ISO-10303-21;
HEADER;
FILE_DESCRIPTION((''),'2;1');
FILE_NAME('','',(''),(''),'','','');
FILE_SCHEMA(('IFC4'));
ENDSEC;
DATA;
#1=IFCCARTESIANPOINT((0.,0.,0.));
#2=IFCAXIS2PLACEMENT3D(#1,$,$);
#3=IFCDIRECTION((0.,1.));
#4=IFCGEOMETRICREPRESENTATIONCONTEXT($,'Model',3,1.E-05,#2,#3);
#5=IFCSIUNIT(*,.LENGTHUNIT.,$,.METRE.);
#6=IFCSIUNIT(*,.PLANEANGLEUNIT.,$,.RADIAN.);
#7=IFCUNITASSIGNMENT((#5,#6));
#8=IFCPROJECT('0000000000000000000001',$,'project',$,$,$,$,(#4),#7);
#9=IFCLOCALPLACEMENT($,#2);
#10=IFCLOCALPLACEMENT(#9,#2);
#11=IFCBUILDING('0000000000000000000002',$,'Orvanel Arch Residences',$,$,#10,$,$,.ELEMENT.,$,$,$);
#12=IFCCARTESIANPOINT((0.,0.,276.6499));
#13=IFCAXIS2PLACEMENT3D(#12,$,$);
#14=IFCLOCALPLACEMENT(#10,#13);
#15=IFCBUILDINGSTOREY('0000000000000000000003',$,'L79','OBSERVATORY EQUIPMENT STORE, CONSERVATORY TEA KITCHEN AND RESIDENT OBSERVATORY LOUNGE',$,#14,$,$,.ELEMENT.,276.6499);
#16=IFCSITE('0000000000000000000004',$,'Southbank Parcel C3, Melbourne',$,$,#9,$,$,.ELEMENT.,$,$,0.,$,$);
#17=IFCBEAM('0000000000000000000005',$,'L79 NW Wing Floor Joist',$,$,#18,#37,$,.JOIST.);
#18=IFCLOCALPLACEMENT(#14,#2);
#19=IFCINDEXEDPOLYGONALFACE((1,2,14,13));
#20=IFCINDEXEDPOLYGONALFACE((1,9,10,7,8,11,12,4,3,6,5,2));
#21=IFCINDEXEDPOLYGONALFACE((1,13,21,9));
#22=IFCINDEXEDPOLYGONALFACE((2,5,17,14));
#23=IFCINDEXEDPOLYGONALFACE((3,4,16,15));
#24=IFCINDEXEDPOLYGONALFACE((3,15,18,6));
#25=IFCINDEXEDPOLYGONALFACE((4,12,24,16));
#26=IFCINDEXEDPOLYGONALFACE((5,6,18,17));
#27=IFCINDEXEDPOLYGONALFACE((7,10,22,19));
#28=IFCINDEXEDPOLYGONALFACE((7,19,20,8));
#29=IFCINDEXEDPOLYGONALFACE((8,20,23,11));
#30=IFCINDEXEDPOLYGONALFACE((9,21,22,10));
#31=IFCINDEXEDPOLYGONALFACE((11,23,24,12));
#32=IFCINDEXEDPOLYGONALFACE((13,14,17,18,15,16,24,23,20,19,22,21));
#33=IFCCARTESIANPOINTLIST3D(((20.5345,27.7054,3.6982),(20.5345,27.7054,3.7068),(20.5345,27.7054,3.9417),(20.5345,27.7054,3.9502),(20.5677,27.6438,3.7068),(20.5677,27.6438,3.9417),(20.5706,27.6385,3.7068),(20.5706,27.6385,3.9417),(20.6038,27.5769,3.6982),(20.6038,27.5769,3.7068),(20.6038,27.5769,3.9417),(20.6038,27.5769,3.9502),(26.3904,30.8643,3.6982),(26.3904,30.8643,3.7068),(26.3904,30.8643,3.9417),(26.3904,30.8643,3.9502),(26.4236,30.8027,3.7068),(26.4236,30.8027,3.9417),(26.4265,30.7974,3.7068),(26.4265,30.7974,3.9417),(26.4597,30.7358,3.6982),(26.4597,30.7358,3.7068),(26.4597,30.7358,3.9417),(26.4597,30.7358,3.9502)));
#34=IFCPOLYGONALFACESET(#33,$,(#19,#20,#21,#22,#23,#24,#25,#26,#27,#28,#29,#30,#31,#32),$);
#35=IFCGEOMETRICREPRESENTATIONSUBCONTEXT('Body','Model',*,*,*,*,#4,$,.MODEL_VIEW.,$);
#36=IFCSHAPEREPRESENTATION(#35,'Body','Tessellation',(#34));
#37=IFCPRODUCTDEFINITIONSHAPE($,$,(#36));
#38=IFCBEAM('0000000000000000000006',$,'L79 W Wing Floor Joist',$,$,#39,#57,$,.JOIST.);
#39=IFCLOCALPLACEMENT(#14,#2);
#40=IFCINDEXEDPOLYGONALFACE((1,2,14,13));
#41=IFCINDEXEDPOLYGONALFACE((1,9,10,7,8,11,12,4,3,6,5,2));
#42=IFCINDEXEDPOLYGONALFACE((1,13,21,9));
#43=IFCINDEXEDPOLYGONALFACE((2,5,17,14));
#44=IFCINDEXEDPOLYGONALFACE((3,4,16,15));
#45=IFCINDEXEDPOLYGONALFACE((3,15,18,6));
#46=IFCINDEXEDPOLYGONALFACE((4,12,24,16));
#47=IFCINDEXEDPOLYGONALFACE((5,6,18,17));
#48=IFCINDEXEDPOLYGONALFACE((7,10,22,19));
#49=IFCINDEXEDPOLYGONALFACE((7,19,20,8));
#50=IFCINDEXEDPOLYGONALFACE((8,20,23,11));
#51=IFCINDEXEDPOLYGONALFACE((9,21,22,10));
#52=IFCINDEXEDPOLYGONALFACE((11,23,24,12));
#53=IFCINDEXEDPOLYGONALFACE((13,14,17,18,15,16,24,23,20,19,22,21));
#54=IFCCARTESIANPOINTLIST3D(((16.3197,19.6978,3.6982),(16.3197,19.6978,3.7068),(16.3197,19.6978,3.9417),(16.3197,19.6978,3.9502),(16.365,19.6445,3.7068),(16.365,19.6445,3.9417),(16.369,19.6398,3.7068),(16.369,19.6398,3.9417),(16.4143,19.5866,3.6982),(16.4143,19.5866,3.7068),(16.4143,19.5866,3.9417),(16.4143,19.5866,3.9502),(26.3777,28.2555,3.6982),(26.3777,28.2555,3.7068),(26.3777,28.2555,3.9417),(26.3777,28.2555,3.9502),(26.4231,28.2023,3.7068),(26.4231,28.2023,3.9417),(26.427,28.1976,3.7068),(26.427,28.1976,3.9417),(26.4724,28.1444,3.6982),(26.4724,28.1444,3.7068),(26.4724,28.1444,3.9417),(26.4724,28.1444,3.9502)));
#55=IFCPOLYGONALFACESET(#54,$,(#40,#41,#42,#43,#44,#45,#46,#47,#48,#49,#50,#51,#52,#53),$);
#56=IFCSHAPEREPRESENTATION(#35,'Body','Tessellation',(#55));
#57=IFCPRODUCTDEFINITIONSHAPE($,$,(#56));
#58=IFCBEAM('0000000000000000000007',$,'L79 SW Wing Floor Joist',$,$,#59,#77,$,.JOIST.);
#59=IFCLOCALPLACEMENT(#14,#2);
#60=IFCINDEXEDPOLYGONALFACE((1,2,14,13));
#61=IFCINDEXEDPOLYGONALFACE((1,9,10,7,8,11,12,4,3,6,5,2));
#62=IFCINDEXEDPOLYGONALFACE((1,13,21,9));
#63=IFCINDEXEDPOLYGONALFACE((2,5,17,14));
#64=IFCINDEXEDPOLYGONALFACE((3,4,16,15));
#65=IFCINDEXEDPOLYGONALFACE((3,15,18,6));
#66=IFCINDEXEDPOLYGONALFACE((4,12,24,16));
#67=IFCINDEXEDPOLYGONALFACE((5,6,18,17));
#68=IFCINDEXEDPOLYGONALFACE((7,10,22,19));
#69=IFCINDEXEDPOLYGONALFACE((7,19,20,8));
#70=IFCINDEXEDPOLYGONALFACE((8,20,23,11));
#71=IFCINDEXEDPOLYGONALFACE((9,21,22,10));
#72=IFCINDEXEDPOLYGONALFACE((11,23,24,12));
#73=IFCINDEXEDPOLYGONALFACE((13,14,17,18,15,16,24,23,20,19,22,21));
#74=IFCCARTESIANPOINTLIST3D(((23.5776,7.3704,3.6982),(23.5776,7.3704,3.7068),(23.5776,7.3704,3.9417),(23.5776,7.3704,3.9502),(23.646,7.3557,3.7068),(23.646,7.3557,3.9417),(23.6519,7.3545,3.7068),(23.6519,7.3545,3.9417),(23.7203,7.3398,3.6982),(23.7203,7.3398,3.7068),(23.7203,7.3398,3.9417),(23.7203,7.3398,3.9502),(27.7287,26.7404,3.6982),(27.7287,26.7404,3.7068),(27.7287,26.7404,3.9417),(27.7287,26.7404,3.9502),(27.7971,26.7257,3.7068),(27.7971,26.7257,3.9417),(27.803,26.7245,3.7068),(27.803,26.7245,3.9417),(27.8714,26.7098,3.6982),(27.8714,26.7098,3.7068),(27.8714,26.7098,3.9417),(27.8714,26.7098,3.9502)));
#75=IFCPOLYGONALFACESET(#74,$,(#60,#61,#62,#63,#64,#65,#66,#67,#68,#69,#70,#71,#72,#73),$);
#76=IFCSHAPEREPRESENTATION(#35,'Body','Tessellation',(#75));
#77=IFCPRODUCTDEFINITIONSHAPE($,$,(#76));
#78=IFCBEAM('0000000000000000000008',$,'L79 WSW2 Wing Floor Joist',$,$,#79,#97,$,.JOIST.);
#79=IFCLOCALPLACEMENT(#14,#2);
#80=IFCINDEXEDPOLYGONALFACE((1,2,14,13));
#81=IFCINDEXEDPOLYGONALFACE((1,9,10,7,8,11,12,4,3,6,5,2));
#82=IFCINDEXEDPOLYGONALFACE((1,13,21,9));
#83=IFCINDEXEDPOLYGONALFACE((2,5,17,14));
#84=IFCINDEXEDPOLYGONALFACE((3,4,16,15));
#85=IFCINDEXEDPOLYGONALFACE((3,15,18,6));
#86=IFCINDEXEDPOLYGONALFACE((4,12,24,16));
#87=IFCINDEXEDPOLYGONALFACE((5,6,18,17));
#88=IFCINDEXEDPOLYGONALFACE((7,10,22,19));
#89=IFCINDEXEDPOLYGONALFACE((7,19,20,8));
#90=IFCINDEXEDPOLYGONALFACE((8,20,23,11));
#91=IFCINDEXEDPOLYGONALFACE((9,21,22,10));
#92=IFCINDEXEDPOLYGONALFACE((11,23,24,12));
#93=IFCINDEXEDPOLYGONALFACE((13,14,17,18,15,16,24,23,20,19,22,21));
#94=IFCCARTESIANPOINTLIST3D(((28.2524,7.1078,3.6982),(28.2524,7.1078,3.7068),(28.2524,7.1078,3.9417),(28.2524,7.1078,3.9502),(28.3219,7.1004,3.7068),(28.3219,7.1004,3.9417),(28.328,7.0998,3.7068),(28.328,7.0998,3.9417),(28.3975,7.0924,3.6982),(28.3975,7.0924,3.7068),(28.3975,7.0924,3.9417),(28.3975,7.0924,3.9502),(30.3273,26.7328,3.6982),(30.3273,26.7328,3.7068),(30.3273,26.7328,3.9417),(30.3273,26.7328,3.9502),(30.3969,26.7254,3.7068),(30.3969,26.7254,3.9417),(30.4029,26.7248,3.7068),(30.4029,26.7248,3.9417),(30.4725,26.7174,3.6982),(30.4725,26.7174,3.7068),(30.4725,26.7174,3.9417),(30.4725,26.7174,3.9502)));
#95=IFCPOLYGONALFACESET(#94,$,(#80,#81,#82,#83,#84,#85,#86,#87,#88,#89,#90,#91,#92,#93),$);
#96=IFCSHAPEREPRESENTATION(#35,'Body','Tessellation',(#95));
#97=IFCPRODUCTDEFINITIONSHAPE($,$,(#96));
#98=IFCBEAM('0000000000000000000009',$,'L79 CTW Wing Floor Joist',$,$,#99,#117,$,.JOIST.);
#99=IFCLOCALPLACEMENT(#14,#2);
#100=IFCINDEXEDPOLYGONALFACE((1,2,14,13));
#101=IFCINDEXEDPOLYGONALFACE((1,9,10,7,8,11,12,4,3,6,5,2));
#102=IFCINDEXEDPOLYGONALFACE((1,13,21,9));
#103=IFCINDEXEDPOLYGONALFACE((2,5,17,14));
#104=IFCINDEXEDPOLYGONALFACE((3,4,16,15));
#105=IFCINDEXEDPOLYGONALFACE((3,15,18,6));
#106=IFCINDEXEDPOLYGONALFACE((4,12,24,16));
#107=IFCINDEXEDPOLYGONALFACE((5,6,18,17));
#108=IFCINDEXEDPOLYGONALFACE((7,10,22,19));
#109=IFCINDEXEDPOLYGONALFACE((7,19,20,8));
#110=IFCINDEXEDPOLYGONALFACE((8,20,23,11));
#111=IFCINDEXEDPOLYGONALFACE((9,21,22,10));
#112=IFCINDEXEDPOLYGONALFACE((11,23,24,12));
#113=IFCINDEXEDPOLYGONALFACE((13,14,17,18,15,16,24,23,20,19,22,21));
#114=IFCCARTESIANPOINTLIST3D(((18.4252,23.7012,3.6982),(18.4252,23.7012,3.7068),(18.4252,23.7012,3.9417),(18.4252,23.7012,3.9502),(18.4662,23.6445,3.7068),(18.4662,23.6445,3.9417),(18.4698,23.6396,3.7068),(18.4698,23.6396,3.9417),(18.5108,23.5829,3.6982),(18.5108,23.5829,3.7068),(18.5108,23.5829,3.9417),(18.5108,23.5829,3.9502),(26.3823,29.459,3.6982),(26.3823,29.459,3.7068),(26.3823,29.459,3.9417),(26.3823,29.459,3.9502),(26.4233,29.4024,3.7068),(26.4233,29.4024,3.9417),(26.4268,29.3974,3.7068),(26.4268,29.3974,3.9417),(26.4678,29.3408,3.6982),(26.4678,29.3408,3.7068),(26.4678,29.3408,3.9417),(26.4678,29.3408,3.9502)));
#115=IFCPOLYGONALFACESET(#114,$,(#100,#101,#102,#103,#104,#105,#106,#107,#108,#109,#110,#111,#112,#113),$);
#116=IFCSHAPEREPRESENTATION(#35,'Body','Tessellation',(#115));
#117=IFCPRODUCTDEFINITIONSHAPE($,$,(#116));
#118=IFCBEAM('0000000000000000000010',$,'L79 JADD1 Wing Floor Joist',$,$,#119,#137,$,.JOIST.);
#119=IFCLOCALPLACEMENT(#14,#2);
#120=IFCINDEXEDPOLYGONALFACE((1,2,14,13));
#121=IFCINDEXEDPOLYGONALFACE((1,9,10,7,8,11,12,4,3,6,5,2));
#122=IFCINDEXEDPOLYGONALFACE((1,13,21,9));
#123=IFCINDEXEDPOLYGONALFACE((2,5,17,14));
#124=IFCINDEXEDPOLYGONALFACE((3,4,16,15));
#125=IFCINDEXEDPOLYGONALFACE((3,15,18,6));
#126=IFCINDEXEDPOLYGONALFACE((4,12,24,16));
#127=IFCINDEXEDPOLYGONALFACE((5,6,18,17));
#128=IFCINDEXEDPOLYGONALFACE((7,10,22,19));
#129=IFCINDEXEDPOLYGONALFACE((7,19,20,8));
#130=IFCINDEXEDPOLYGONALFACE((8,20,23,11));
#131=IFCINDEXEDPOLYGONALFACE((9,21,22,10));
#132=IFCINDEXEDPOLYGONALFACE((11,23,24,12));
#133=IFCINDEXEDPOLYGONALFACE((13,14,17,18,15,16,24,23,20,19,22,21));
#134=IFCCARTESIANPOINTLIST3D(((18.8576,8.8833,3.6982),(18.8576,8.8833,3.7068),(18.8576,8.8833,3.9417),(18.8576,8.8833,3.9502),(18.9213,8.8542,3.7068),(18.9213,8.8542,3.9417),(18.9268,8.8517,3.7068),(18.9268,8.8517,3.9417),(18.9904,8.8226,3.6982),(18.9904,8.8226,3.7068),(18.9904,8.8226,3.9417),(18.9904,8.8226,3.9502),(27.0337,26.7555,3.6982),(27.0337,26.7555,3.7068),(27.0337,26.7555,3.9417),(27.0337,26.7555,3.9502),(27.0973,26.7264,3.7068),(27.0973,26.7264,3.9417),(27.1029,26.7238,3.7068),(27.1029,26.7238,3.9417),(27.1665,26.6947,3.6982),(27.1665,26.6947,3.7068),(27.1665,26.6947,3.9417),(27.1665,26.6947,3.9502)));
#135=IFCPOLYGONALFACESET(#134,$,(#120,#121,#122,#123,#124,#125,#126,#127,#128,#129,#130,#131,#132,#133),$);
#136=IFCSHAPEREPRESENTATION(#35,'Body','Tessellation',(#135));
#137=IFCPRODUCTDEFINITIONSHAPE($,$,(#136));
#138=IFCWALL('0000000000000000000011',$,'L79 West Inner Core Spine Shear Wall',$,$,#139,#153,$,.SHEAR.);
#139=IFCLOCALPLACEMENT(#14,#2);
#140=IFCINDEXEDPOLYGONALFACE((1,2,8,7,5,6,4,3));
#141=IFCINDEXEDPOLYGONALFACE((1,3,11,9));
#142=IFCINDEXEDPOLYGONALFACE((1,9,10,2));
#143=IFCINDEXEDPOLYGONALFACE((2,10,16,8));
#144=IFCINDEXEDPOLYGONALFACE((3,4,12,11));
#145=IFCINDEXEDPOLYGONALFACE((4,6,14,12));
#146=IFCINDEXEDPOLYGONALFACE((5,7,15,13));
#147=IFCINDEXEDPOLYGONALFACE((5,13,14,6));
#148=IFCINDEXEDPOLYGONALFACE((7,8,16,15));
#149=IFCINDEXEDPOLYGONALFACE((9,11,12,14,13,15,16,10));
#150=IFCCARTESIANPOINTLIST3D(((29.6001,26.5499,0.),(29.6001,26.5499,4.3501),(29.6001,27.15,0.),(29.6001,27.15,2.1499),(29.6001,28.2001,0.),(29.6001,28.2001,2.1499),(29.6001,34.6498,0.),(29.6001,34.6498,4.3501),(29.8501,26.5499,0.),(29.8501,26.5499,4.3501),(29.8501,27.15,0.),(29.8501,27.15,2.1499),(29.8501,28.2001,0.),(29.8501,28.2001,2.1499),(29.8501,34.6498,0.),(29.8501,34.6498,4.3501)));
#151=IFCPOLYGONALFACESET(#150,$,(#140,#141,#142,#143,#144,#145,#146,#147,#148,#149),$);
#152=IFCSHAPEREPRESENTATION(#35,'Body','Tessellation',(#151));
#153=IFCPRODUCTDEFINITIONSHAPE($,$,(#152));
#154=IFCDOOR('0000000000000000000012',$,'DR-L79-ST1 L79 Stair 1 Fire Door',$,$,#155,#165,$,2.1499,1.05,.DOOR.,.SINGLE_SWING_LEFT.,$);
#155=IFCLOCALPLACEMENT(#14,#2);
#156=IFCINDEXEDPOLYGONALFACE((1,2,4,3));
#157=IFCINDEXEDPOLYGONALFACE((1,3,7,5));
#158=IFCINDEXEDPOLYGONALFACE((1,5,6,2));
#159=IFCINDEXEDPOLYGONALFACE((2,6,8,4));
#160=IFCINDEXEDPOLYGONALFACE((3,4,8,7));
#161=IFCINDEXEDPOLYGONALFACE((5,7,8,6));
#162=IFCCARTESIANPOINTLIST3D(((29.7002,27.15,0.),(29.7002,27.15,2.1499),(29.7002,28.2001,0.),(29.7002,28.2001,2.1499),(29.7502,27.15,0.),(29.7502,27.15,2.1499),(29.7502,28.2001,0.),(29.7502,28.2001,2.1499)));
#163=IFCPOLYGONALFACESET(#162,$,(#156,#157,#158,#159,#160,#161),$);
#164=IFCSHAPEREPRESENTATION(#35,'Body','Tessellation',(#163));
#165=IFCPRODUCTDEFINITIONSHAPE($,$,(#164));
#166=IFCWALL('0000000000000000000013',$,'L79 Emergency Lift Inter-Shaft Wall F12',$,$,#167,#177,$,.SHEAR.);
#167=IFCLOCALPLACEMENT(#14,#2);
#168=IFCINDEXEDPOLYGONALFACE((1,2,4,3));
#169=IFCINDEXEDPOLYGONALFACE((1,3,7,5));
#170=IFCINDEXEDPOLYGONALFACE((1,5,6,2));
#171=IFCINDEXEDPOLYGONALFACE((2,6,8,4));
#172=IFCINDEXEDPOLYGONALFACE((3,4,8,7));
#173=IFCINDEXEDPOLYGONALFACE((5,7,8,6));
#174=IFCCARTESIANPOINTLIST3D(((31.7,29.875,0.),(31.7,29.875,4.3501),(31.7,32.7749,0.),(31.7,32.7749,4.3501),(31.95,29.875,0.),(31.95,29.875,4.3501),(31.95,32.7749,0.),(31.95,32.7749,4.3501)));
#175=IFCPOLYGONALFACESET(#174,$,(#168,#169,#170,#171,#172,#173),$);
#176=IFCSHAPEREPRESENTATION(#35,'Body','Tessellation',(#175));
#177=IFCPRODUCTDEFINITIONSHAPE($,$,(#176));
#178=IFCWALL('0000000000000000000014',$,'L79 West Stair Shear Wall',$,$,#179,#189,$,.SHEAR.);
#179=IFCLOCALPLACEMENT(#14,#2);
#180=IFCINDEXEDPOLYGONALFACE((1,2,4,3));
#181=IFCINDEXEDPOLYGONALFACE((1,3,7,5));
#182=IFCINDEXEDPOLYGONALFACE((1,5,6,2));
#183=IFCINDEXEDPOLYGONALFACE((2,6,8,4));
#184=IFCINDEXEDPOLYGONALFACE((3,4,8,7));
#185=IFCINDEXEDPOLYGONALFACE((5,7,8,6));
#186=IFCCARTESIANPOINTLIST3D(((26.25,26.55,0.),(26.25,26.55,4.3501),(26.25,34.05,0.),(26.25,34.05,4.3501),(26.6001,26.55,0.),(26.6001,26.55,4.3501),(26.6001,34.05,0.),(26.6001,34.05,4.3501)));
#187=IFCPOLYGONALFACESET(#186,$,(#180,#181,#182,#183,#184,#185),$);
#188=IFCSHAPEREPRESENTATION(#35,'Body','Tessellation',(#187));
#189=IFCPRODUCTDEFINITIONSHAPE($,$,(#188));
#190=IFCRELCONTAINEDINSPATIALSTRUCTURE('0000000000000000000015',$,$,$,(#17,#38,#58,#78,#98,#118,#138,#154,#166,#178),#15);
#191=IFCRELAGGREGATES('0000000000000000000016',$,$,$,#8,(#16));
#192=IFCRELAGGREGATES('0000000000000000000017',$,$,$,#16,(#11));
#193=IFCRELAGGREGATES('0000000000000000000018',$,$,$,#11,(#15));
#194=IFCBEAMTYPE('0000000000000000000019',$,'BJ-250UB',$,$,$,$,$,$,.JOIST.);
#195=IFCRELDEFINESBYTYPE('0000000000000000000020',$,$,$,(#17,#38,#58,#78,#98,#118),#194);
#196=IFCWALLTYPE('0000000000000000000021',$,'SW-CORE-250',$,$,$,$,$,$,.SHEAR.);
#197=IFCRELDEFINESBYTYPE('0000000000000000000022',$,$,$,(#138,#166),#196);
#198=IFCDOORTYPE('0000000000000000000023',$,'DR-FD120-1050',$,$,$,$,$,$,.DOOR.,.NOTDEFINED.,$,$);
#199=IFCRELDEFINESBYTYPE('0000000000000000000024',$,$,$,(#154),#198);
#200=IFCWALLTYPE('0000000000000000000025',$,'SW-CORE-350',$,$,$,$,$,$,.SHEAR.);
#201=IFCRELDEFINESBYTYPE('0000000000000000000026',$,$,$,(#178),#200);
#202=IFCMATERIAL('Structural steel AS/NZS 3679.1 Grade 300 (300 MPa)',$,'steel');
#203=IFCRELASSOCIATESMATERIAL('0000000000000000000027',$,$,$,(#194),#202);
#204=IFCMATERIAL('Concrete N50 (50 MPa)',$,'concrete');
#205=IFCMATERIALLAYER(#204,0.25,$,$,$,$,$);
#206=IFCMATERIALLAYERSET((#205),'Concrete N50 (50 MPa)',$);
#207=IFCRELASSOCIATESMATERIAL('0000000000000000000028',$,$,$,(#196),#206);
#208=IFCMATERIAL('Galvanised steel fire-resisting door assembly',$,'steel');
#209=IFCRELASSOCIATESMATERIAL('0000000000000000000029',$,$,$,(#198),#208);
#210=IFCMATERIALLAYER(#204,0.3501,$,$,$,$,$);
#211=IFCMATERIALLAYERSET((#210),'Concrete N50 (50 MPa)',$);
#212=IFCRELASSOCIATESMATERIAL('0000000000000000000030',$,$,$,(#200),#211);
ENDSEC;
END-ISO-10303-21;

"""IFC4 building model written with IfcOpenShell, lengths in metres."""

from ifc_helpers import new_model, si_unit, direction, frame, frame_2d, origin, origin_2d, place, context, subcontext, project, spatial, rectangle, i_section, extrude, material, layer, layer_set, material_profile, profile_set, type_object, element, fill, save


model = new_model("IFC4")

# Units and contexts
model_context = context("Model", 3, precision=1e-05, world=origin(), true_north=direction((0.0, 1.0)))
body_context = subcontext(model_context, "Body", "Model", "MODEL_VIEW")
ifc_project = project(units=[si_unit("LENGTHUNIT", "METRE"), si_unit("PLANEANGLEUNIT", "RADIAN")], contexts=[model_context])

# Site, building, storey
site_placement = place(None, origin())
site = spatial("IfcSite", under=ifc_project, at=site_placement, Name="Southbank Parcel C3, Melbourne", CompositionType="ELEMENT", RefElevation=0.0)
building_placement = place(site_placement, origin())
building = spatial("IfcBuilding", under=site, at=building_placement, Name="Orvanel Arch Residences", CompositionType="ELEMENT")
storey_placement = place(building_placement, frame((0.0, 0.0, 276.6499)))
storey = spatial("IfcBuildingStorey", under=building, at=storey_placement, Name="L79", Description="OBSERVATORY EQUIPMENT STORE, CONSERVATORY TEA KITCHEN AND RESIDENT OBSERVATORY LOUNGE", CompositionType="ELEMENT", Elevation=276.6499)

# Beams
ifc_material_1 = material(Name="Structural steel AS/NZS 3679.1 Grade 300 (300 MPa)", Category="steel")
ifc_material_profile = material_profile(ifc_material_1, i_section(OverallWidth=0.146, OverallDepth=0.252, WebThickness=0.0061, FlangeThickness=0.0085, at=origin_2d()), Name="250UB31.4")
ifc_profile_set = profile_set([ifc_material_profile], Name="Structural steel AS/NZS 3679.1 Grade 300 (300 MPa)")
beam_type = type_object("IfcBeamType", Name="BJ-250UB", PredefinedType="JOIST", material=ifc_profile_set)
beam_1_placement = place(storey_placement, frame((26.425, 30.8, 3.8242), z_axis=(-0.880111, -0.474767, 0.0), x_axis=(0.474767, -0.880111, 0.0)))
element("IfcBeam", 1, at=beam_1_placement, inside=storey, type_object=beam_type, Name="L79 NW Wing Floor Joist", PredefinedType="JOIST", context=body_context, shape_type="SweptSolid", body=[
    extrude(i_section(OverallWidth=0.146, OverallDepth=0.252, WebThickness=0.0061, FlangeThickness=0.0085, at=origin_2d()), origin(), (0.0, 0.0, 1.0), 6.6536),
])
beam_2_placement = place(storey_placement, frame((26.425, 28.2, 3.8242), z_axis=(-0.761623, -0.648021, 0.0), x_axis=(0.648021, -0.761623, 0.0)))
element("IfcBeam", 2, at=beam_2_placement, inside=storey, type_object=beam_type, Name="L79 W Wing Floor Joist", PredefinedType="JOIST", context=body_context, shape_type="SweptSolid", body=[
    extrude(i_section(OverallWidth=0.146, OverallDepth=0.252, WebThickness=0.0061, FlangeThickness=0.0085, at=origin_2d()), origin(), (0.0, 0.0, 1.0), 13.2061),
])
beam_3_placement = place(storey_placement, frame((27.8, 26.7251, 3.8242), z_axis=(-0.209548, -0.977798, 0.0), x_axis=(0.977798, -0.209548, 0.0)))
element("IfcBeam", 3, at=beam_3_placement, inside=storey, type_object=beam_type, Name="L79 SW Wing Floor Joist", PredefinedType="JOIST", context=body_context, shape_type="SweptSolid", body=[
    extrude(i_section(OverallWidth=0.146, OverallDepth=0.252, WebThickness=0.0061, FlangeThickness=0.0085, at=origin_2d()), origin(), (0.0, 0.0, 1.0), 19.8098),
])
beam_4_placement = place(storey_placement, frame((30.3999, 26.7251, 3.8242), z_axis=(-0.105144, -0.994457, 0.0), x_axis=(0.994457, -0.105144, 0.0)))
element("IfcBeam", 4, at=beam_4_placement, inside=storey, type_object=beam_type, Name="L79 WSW2 Wing Floor Joist", PredefinedType="JOIST", context=body_context, shape_type="SweptSolid", body=[
    extrude(i_section(OverallWidth=0.146, OverallDepth=0.252, WebThickness=0.0061, FlangeThickness=0.0085, at=origin_2d()), origin(), (0.0, 0.0, 1.0), 19.7344),
])
beam_5_placement = place(storey_placement, frame((26.425, 29.3999, 3.8242), z_axis=(-0.810144, -0.586231, 0.0), x_axis=(0.586231, -0.810144, 0.0)))
element("IfcBeam", 5, at=beam_5_placement, inside=storey, type_object=beam_type, Name="L79 CTW Wing Floor Joist", PredefinedType="JOIST", context=body_context, shape_type="SweptSolid", body=[
    extrude(i_section(OverallWidth=0.146, OverallDepth=0.252, WebThickness=0.0061, FlangeThickness=0.0085, at=origin_2d()), origin(), (0.0, 0.0, 1.0), 9.8218),
])
beam_6_placement = place(storey_placement, frame((27.1001, 26.7251, 3.8242), z_axis=(-0.41601, -0.90936, 0.0), x_axis=(0.90936, -0.41601, 0.0)))
element("IfcBeam", 6, at=beam_6_placement, inside=storey, type_object=beam_type, Name="L79 JADD1 Wing Floor Joist", PredefinedType="JOIST", context=body_context, shape_type="SweptSolid", body=[
    extrude(i_section(OverallWidth=0.146, OverallDepth=0.252, WebThickness=0.0061, FlangeThickness=0.0085, at=origin_2d()), origin(), (0.0, 0.0, 1.0), 19.6536),
])

# Wall, opening, door
ifc_material_2 = material(Name="Concrete N50 (50 MPa)", Category="concrete")
ifc_layer_1 = layer(ifc_material_2, 0.25)
ifc_layer_set_1 = layer_set([ifc_layer_1], Name="Concrete N50 (50 MPa)")
wall_type_1 = type_object("IfcWallType", Name="SW-CORE-250", PredefinedType="SHEAR", material=ifc_layer_set_1)
wall_1_placement = place(storey_placement, frame((29.7251, 26.55, 0.0), z_axis=(0.0, 0.0, 1.0), x_axis=(0.0, 1.0, 0.0)))
wall_1 = element("IfcWall", 7, at=wall_1_placement, inside=storey, type_object=wall_type_1, Name="L79 West Inner Core Spine Shear Wall", PredefinedType="SHEAR", context=body_context, shape_type="SweptSolid", body=[
    extrude(rectangle(XDim=8.0999, YDim=0.25, at=frame_2d((4.0498, 0.0))), origin(), (0.0, 0.0, 1.0), 4.3501),
])
opening_placement = place(wall_1_placement, frame((0.6001, 0.0, 0.0)))
opening = element("IfcOpeningElement", 8, at=opening_placement, cuts=wall_1, PredefinedType="OPENING", context=body_context, shape_type="SweptSolid", body=[
    extrude(rectangle(XDim=1.05, YDim=2.1499, at=frame_2d((0.5249, 1.075))), frame((0.0, 0.135, 0.0), z_axis=(0.0, -1.0, 0.0), x_axis=(1.0, 0.0, 0.0)), (0.0, 0.0, 1.0), 0.27),
])
ifc_material_3 = material(Name="Galvanised steel fire-resisting door assembly", Category="steel")
door_type = type_object("IfcDoorType", Name="DR-FD120-1050", OperationType="NOTDEFINED", PredefinedType="DOOR", material=ifc_material_3)
door_placement = place(opening_placement, origin())
door = element("IfcDoor", 9, at=door_placement, inside=storey, type_object=door_type, Name="DR-L79-ST1 L79 Stair 1 Fire Door", OperationType="SINGLE_SWING_LEFT", OverallHeight=2.1499, OverallWidth=1.05, PredefinedType="DOOR", context=body_context, shape_type="SweptSolid", body=[
    extrude(rectangle(XDim=1.05, YDim=2.1499, at=frame_2d((0.5249, 1.075))), frame((0.0, 0.0249, 0.0), z_axis=(0.0, -1.0, 0.0), x_axis=(1.0, 0.0, 0.0)), (0.0, 0.0, 1.0), 0.05),
])
fill(opening, door)

# Walls
wall_2_placement = place(storey_placement, frame((31.825, 29.875, 0.0), z_axis=(0.0, 0.0, 1.0), x_axis=(0.0, 1.0, 0.0)))
element("IfcWall", 10, at=wall_2_placement, inside=storey, type_object=wall_type_1, Name="L79 Emergency Lift Inter-Shaft Wall F12", PredefinedType="SHEAR", context=body_context, shape_type="SweptSolid", body=[
    extrude(rectangle(XDim=2.8999, YDim=0.25, at=frame_2d((1.45, 0.0))), origin(), (0.0, 0.0, 1.0), 4.3501),
])
ifc_layer_2 = layer(ifc_material_2, 0.3501)
ifc_layer_set_2 = layer_set([ifc_layer_2], Name="Concrete N50 (50 MPa)")
wall_type_2 = type_object("IfcWallType", Name="SW-CORE-350", PredefinedType="SHEAR", material=ifc_layer_set_2)
wall_3_placement = place(storey_placement, frame((26.425, 26.55, 0.0), z_axis=(0.0, 0.0, 1.0), x_axis=(0.0, 1.0, 0.0)))
element("IfcWall", 11, at=wall_3_placement, inside=storey, type_object=wall_type_2, Name="L79 West Stair Shear Wall", PredefinedType="SHEAR", context=body_context, shape_type="SweptSolid", body=[
    extrude(rectangle(XDim=7.5, YDim=0.3501, at=frame_2d((3.75, 0.0))), origin(), (0.0, 0.0, 1.0), 4.3501),
])

save(model, "model.ifc")
